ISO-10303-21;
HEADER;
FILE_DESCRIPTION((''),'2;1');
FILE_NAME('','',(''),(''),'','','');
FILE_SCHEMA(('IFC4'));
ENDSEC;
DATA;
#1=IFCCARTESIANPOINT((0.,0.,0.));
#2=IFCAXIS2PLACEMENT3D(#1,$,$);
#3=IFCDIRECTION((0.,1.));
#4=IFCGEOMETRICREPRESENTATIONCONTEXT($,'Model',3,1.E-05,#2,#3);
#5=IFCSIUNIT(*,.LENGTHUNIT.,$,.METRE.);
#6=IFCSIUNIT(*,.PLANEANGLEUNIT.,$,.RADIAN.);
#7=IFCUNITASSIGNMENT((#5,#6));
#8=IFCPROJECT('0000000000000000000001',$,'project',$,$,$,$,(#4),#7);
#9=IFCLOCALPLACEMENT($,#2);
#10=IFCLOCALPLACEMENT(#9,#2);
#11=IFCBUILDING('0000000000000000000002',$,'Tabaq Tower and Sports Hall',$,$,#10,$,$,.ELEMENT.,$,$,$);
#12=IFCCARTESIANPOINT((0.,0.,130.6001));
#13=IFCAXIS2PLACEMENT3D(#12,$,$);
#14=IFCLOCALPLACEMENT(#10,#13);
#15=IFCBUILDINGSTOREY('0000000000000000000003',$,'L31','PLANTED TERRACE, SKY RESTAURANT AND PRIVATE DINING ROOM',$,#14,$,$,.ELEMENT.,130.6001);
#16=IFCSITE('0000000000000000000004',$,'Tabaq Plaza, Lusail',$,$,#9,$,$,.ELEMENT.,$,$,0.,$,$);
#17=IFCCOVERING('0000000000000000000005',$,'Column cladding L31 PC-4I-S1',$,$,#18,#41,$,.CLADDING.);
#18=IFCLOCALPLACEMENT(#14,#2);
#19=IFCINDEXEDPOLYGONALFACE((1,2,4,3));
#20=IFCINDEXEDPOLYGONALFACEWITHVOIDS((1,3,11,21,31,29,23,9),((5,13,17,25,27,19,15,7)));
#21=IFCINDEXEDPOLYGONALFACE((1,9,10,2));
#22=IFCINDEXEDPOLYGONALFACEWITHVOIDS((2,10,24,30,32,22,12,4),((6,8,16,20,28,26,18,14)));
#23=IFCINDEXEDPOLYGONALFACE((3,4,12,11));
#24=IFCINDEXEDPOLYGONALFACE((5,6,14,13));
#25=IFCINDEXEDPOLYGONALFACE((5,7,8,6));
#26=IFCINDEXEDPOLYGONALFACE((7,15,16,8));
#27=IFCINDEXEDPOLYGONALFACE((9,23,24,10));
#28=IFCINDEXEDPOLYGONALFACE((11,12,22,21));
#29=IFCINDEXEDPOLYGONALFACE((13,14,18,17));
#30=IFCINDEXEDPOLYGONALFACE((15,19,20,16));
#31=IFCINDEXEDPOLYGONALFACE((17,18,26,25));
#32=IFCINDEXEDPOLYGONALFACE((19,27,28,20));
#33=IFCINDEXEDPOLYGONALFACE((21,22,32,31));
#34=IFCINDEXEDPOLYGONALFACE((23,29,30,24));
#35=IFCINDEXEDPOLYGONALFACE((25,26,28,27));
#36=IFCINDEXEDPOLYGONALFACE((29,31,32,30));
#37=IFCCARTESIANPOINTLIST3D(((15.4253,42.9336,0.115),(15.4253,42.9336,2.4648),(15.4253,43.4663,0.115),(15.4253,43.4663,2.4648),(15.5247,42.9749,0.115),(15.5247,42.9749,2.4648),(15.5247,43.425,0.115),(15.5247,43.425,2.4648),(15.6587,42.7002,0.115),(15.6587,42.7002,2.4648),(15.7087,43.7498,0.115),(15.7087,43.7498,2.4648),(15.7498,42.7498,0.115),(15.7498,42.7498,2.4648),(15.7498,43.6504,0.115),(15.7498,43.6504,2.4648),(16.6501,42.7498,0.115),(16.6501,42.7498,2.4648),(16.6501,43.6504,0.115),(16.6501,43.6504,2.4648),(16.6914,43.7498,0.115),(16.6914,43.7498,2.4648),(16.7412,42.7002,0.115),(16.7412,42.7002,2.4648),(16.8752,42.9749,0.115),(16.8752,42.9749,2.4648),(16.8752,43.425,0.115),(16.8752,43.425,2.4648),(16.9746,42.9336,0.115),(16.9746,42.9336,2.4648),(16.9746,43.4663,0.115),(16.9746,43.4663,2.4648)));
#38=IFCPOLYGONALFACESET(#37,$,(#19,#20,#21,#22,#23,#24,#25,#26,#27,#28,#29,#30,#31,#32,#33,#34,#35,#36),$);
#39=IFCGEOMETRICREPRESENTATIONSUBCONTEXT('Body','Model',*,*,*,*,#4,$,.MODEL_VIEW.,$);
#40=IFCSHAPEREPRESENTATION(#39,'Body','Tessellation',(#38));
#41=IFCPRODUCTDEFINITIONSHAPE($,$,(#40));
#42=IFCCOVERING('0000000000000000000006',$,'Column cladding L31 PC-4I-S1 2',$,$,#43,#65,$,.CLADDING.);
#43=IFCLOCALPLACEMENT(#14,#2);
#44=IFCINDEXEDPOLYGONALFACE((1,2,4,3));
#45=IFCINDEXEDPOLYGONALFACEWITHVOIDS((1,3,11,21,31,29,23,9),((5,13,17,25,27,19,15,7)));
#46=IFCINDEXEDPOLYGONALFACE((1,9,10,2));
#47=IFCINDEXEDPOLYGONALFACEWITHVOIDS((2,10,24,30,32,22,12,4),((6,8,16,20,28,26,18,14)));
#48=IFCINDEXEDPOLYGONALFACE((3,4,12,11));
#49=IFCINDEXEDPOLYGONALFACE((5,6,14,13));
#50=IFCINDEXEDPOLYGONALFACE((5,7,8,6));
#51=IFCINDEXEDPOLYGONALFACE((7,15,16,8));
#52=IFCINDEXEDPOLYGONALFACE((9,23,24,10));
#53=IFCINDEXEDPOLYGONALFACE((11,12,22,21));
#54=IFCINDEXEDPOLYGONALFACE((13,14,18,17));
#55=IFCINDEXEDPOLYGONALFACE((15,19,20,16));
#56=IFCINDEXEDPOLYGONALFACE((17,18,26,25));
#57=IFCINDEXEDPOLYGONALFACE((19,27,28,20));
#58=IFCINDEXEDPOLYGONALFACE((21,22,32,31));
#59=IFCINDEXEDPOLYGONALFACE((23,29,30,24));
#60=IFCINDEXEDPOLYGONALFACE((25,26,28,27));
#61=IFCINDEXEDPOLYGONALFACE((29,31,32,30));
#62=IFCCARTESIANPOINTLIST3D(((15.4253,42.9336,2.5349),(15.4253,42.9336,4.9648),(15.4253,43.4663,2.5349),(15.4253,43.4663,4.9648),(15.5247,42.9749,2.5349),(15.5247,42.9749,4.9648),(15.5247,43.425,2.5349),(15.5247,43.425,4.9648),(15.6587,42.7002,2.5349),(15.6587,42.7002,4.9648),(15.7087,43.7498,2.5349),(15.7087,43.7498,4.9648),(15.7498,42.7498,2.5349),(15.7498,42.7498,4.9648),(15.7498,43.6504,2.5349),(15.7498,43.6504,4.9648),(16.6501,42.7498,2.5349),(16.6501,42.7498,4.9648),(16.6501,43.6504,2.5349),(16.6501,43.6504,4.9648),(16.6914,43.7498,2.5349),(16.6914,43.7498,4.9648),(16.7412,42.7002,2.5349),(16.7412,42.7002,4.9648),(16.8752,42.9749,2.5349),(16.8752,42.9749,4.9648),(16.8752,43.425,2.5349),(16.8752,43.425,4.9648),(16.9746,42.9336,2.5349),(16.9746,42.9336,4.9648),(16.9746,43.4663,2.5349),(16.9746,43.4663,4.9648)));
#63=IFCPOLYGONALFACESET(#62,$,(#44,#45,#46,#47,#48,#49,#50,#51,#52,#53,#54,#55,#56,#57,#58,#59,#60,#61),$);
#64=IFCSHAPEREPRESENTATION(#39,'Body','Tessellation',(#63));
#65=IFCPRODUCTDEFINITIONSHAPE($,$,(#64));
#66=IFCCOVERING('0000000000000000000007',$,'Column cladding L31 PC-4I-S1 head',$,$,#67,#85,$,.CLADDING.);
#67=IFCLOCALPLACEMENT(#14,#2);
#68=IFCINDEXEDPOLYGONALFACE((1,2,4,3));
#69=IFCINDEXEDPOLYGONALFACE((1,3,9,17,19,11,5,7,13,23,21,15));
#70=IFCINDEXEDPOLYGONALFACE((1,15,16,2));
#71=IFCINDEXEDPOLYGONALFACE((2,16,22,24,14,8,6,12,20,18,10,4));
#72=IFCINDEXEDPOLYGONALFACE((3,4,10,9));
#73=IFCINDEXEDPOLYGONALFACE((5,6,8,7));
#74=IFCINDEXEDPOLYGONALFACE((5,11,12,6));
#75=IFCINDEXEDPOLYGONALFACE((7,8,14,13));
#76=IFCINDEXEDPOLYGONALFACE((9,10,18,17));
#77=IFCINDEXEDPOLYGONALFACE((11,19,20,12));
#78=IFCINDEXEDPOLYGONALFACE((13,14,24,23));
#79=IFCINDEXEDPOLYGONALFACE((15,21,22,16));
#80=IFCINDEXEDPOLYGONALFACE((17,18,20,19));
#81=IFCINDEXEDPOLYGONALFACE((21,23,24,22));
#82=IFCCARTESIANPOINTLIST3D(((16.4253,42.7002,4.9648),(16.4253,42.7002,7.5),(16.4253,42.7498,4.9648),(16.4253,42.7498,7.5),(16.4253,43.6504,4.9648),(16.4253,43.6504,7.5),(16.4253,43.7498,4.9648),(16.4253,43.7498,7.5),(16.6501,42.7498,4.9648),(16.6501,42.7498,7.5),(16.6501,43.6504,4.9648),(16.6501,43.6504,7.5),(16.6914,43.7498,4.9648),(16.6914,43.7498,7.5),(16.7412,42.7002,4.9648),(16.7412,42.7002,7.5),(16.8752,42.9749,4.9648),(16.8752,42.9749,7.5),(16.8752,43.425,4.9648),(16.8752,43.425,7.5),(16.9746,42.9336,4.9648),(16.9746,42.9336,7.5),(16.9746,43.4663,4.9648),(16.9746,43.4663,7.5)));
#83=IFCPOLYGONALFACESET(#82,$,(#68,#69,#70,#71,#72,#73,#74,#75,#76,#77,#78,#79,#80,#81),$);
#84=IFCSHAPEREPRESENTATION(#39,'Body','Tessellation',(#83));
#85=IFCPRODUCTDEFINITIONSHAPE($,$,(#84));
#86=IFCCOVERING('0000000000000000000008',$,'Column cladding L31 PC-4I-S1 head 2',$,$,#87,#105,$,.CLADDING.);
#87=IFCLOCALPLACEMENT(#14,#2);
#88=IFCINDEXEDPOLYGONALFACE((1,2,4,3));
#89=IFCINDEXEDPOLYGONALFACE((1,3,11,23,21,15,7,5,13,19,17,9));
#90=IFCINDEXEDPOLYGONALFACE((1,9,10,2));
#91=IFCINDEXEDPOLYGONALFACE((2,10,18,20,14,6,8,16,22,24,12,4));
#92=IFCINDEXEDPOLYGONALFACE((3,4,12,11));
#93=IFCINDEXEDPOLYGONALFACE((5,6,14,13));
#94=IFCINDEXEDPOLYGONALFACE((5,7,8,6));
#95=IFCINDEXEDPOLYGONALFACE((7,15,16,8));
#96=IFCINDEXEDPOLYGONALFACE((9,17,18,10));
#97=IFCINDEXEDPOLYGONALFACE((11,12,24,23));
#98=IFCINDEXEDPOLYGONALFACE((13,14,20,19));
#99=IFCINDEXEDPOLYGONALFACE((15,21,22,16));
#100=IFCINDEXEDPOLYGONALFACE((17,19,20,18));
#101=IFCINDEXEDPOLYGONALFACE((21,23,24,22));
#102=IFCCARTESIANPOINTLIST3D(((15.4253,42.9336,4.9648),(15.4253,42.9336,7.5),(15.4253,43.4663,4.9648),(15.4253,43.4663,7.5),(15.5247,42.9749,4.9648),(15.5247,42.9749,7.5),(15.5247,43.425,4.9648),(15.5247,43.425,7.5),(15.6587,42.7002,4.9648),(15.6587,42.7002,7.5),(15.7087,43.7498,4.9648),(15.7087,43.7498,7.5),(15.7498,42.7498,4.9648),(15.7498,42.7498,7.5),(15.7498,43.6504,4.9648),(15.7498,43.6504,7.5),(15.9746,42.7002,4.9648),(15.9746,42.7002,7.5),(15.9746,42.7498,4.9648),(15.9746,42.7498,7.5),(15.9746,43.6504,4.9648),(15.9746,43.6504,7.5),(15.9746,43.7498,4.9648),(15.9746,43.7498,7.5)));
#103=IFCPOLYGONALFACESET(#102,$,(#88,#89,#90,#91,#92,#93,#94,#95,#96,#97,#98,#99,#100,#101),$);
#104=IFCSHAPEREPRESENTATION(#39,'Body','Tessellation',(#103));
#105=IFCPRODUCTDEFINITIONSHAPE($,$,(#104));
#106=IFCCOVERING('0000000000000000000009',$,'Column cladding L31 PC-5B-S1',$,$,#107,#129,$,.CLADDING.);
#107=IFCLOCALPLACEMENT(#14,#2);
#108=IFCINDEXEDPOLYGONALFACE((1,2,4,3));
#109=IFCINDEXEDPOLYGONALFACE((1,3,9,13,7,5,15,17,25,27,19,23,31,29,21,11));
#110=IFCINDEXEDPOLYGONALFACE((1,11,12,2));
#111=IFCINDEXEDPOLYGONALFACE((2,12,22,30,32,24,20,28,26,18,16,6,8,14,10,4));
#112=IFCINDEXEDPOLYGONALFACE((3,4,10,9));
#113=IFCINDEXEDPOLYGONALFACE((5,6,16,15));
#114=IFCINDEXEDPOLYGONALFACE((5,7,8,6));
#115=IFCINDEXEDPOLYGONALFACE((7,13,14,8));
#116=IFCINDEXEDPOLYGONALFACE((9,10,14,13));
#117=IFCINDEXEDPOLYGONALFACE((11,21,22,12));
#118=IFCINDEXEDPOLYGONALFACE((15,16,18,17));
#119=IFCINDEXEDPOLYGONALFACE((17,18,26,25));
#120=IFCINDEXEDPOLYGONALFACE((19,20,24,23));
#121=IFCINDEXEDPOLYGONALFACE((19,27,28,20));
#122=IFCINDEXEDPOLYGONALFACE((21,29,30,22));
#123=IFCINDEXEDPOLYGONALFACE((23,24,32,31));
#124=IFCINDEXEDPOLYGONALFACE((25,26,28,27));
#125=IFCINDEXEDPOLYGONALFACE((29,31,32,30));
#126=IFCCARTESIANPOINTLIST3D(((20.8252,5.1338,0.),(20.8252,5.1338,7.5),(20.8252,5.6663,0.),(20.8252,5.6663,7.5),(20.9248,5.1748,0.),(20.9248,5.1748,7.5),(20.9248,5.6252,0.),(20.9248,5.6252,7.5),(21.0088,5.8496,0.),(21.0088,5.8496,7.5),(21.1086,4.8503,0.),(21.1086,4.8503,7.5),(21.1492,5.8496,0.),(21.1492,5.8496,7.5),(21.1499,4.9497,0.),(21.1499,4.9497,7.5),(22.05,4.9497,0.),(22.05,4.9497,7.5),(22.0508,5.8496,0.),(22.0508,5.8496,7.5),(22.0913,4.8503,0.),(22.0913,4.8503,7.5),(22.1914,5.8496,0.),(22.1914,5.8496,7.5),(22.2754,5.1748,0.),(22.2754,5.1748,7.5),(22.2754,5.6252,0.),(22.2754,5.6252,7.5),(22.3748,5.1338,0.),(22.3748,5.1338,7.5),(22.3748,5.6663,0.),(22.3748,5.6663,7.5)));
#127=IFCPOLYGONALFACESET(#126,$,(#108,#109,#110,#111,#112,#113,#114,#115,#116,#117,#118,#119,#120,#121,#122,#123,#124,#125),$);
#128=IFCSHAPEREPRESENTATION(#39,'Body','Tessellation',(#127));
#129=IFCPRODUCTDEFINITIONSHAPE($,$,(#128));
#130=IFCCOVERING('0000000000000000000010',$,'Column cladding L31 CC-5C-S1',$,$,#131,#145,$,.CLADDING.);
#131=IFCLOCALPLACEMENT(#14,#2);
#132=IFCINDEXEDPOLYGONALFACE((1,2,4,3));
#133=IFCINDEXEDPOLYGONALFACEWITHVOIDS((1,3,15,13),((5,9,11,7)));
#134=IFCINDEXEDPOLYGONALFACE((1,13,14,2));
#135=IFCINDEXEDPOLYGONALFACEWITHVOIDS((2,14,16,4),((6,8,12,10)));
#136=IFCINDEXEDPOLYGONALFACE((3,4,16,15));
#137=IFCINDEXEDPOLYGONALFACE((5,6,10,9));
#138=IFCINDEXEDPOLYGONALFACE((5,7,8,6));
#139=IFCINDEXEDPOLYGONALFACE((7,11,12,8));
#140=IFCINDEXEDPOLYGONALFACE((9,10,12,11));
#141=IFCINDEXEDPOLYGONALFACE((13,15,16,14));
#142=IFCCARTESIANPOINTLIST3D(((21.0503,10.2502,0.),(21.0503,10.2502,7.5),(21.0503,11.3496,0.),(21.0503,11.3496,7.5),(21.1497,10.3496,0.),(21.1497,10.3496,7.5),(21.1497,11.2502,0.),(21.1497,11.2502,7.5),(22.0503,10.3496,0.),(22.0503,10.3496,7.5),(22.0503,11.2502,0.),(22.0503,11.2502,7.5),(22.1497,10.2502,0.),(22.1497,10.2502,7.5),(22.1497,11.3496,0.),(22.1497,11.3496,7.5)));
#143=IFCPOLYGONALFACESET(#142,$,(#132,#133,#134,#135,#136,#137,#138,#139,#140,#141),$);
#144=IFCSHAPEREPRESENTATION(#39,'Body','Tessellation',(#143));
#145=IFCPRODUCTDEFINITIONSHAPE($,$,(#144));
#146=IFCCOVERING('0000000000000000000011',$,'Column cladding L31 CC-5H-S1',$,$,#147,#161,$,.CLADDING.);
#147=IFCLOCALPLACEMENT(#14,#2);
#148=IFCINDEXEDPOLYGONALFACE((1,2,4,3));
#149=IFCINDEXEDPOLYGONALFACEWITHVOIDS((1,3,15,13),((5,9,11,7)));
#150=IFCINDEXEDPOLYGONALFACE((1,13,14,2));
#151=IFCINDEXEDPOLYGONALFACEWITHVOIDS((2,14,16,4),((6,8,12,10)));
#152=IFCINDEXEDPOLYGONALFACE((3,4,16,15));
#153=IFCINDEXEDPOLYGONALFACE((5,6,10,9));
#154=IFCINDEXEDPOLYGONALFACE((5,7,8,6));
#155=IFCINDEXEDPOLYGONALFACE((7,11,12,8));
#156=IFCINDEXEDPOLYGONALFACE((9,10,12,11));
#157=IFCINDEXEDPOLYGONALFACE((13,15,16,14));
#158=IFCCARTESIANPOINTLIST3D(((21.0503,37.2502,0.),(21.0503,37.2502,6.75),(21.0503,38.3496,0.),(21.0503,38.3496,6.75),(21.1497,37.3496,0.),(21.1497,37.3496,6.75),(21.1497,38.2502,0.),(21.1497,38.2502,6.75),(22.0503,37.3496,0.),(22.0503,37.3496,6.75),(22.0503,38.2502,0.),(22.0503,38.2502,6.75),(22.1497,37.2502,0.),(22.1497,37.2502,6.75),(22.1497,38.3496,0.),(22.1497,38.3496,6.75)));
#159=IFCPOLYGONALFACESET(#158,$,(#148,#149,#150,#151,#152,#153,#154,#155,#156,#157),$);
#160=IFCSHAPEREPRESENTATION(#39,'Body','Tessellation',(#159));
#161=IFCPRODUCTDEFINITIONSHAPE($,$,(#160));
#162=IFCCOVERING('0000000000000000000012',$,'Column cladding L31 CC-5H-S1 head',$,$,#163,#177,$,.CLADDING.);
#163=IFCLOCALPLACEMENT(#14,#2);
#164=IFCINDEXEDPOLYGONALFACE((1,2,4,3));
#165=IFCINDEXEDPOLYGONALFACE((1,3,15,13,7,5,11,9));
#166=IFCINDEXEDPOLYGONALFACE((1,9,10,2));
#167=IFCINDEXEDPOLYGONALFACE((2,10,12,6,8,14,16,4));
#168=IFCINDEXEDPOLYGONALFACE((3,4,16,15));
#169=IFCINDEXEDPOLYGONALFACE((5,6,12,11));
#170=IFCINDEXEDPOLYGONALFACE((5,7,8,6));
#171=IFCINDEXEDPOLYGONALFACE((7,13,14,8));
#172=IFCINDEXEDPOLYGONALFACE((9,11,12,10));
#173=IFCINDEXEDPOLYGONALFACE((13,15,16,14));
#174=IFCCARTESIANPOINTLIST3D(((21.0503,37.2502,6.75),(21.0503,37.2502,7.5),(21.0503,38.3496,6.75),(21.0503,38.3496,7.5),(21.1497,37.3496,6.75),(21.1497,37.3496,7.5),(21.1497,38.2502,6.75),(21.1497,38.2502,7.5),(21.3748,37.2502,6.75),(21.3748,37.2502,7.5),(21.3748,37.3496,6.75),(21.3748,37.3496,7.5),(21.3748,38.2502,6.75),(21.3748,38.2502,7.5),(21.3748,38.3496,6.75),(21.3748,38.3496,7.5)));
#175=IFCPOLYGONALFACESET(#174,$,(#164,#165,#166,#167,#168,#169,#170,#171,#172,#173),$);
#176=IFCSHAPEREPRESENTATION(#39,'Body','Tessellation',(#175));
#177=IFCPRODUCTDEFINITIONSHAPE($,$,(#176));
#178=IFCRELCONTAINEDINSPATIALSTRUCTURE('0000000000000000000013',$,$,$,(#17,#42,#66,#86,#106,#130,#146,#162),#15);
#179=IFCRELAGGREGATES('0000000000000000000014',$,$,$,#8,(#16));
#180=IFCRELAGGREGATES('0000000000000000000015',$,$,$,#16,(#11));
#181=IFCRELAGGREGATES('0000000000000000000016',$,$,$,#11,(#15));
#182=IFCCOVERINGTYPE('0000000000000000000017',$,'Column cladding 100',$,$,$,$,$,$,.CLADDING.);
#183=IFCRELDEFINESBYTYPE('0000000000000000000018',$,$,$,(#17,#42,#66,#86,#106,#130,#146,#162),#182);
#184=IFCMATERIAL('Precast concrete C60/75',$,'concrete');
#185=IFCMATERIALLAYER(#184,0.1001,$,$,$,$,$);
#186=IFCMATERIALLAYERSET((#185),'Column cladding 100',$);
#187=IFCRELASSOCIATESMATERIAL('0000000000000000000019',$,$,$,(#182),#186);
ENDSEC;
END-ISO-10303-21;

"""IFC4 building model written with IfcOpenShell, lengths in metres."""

from ifc_helpers import new_model, si_unit, direction, frame, origin, place, context, subcontext, project, spatial, polyline, outline, extrude, material, layer, layer_set, type_object, element, save


model = new_model("IFC4")

# Units and contexts
model_context = context("Model", 3, precision=1e-05, world=origin(), true_north=direction((0.0, 1.0)))
body_context = subcontext(model_context, "Body", "Model", "MODEL_VIEW")
ifc_project = project(units=[si_unit("LENGTHUNIT", "METRE"), si_unit("PLANEANGLEUNIT", "RADIAN")], contexts=[model_context])

# Site, building, storey
site_placement = place(None, origin())
site = spatial("IfcSite", under=ifc_project, at=site_placement, Name="Tabaq Plaza, Lusail", CompositionType="ELEMENT", RefElevation=0.0)
building_placement = place(site_placement, origin())
building = spatial("IfcBuilding", under=site, at=building_placement, Name="Tabaq Tower and Sports Hall", CompositionType="ELEMENT")
storey_placement = place(building_placement, frame((0.0, 0.0, 130.6001)))
storey = spatial("IfcBuildingStorey", under=building, at=storey_placement, Name="L31", Description="PLANTED TERRACE, SKY RESTAURANT AND PRIVATE DINING ROOM", CompositionType="ELEMENT", Elevation=130.6001)

# Coverings
ifc_material_1 = material(Name="Precast concrete C60/75", Category="concrete")
ifc_layer_1 = layer(ifc_material_1, 0.1001)
ifc_layer_set_1 = layer_set([ifc_layer_1], Name="Column cladding 100")
covering_type = type_object("IfcCoveringType", Name="Column cladding 100", PredefinedType="CLADDING", material=ifc_layer_set_1)
covering_1_placement = place(storey_placement, frame((0.0, 0.0, 0.115)))
element("IfcCovering", 1, at=covering_1_placement, inside=storey, type_object=covering_type, Name="Column cladding L31 PC-4I-S1", PredefinedType="CLADDING", context=body_context, shape_type="SweptSolid", body=[
    extrude(outline(polyline([(15.4253, 43.4663), (15.7087, 43.7498), (16.6914, 43.7498), (16.9746, 43.4663), (16.9746, 42.9336), (16.7412, 42.7002), (15.6587, 42.7002), (15.4253, 42.9336), (15.4253, 43.4663)]), holes=[polyline([(16.8752, 42.9749), (16.8752, 43.425), (16.6501, 43.6504), (15.7498, 43.6504), (15.5247, 43.425), (15.5247, 42.9749), (15.7498, 42.7498), (16.6501, 42.7498), (16.8752, 42.9749)])]), origin(), (0.0, 0.0, 1.0), 2.3499),
])
covering_2_placement = place(storey_placement, frame((0.0, 0.0, 2.5349)))
element("IfcCovering", 2, at=covering_2_placement, inside=storey, type_object=covering_type, Name="Column cladding L31 PC-4I-S1 2", PredefinedType="CLADDING", context=body_context, shape_type="SweptSolid", body=[
    extrude(outline(polyline([(15.4253, 43.4663), (15.7087, 43.7498), (16.6914, 43.7498), (16.9746, 43.4663), (16.9746, 42.9336), (16.7412, 42.7002), (15.6587, 42.7002), (15.4253, 42.9336), (15.4253, 43.4663)]), holes=[polyline([(16.8752, 42.9749), (16.8752, 43.425), (16.6501, 43.6504), (15.7498, 43.6504), (15.5247, 43.425), (15.5247, 42.9749), (15.7498, 42.7498), (16.6501, 42.7498), (16.8752, 42.9749)])]), origin(), (0.0, 0.0, 1.0), 2.4299),
])
covering_3_placement = place(storey_placement, frame((0.0, 0.0, 4.9648)))
element("IfcCovering", 3, at=covering_3_placement, inside=storey, type_object=covering_type, Name="Column cladding L31 PC-4I-S1 head", PredefinedType="CLADDING", context=body_context, shape_type="SweptSolid", body=[
    extrude(outline(polyline([(16.6914, 43.7498), (16.9746, 43.4663), (16.9746, 42.9336), (16.7412, 42.7002), (16.4253, 42.7002), (16.4253, 42.7498), (16.6501, 42.7498), (16.8752, 42.9749), (16.8752, 43.425), (16.6501, 43.6504), (16.4253, 43.6504), (16.4253, 43.7498), (16.6914, 43.7498)])), origin(), (0.0, 0.0, 1.0), 2.5352),
])
covering_4_placement = place(storey_placement, frame((0.0, 0.0, 4.9648)))
element("IfcCovering", 4, at=covering_4_placement, inside=storey, type_object=covering_type, Name="Column cladding L31 PC-4I-S1 head 2", PredefinedType="CLADDING", context=body_context, shape_type="SweptSolid", body=[
    extrude(outline(polyline([(15.7087, 43.7498), (15.9746, 43.7498), (15.9746, 43.6504), (15.7498, 43.6504), (15.5247, 43.425), (15.5247, 42.9749), (15.7498, 42.7498), (15.9746, 42.7498), (15.9746, 42.7002), (15.6587, 42.7002), (15.4253, 42.9336), (15.4253, 43.4663), (15.7087, 43.7498)])), origin(), (0.0, 0.0, 1.0), 2.5352),
])
covering_5_placement = place(storey_placement, origin())
element("IfcCovering", 5, at=covering_5_placement, inside=storey, type_object=covering_type, Name="Column cladding L31 PC-5B-S1", PredefinedType="CLADDING", context=body_context, shape_type="SweptSolid", body=[
    extrude(outline(polyline([(20.8252, 5.6663), (21.0088, 5.8496), (21.1492, 5.8496), (20.9248, 5.6252), (20.9248, 5.1748), (21.1499, 4.9497), (22.05, 4.9497), (22.2754, 5.1748), (22.2754, 5.6252), (22.0508, 5.8496), (22.1914, 5.8496), (22.3748, 5.6663), (22.3748, 5.1338), (22.0913, 4.8503), (21.1086, 4.8503), (20.8252, 5.1338), (20.8252, 5.6663)])), origin(), (0.0, 0.0, 1.0), 7.5),
])
covering_6_placement = place(storey_placement, origin())
element("IfcCovering", 6, at=covering_6_placement, inside=storey, type_object=covering_type, Name="Column cladding L31 CC-5C-S1", PredefinedType="CLADDING", context=body_context, shape_type="SweptSolid", body=[
    extrude(outline(polyline([(21.0503, 11.3496), (22.1497, 11.3496), (22.1497, 10.2502), (21.0503, 10.2502), (21.0503, 11.3496)]), holes=[polyline([(22.0503, 10.3496), (22.0503, 11.2502), (21.1497, 11.2502), (21.1497, 10.3496), (22.0503, 10.3496)])]), origin(), (0.0, 0.0, 1.0), 7.5),
])
covering_7_placement = place(storey_placement, origin())
element("IfcCovering", 7, at=covering_7_placement, inside=storey, type_object=covering_type, Name="Column cladding L31 CC-5H-S1", PredefinedType="CLADDING", context=body_context, shape_type="SweptSolid", body=[
    extrude(outline(polyline([(21.0503, 38.3496), (22.1497, 38.3496), (22.1497, 37.2502), (21.0503, 37.2502), (21.0503, 38.3496)]), holes=[polyline([(22.0503, 37.3496), (22.0503, 38.2502), (21.1497, 38.2502), (21.1497, 37.3496), (22.0503, 37.3496)])]), origin(), (0.0, 0.0, 1.0), 6.75),
])
covering_8_placement = place(storey_placement, frame((0.0, 0.0, 6.75)))
element("IfcCovering", 8, at=covering_8_placement, inside=storey, type_object=covering_type, Name="Column cladding L31 CC-5H-S1 head", PredefinedType="CLADDING", context=body_context, shape_type="SweptSolid", body=[
    extrude(outline(polyline([(21.3748, 38.3496), (21.3748, 38.2502), (21.1497, 38.2502), (21.1497, 37.3496), (21.3748, 37.3496), (21.3748, 37.2502), (21.0503, 37.2502), (21.0503, 38.3496), (21.3748, 38.3496)])), origin(), (0.0, 0.0, 1.0), 0.75),
])

save(model, "model.ifc")
